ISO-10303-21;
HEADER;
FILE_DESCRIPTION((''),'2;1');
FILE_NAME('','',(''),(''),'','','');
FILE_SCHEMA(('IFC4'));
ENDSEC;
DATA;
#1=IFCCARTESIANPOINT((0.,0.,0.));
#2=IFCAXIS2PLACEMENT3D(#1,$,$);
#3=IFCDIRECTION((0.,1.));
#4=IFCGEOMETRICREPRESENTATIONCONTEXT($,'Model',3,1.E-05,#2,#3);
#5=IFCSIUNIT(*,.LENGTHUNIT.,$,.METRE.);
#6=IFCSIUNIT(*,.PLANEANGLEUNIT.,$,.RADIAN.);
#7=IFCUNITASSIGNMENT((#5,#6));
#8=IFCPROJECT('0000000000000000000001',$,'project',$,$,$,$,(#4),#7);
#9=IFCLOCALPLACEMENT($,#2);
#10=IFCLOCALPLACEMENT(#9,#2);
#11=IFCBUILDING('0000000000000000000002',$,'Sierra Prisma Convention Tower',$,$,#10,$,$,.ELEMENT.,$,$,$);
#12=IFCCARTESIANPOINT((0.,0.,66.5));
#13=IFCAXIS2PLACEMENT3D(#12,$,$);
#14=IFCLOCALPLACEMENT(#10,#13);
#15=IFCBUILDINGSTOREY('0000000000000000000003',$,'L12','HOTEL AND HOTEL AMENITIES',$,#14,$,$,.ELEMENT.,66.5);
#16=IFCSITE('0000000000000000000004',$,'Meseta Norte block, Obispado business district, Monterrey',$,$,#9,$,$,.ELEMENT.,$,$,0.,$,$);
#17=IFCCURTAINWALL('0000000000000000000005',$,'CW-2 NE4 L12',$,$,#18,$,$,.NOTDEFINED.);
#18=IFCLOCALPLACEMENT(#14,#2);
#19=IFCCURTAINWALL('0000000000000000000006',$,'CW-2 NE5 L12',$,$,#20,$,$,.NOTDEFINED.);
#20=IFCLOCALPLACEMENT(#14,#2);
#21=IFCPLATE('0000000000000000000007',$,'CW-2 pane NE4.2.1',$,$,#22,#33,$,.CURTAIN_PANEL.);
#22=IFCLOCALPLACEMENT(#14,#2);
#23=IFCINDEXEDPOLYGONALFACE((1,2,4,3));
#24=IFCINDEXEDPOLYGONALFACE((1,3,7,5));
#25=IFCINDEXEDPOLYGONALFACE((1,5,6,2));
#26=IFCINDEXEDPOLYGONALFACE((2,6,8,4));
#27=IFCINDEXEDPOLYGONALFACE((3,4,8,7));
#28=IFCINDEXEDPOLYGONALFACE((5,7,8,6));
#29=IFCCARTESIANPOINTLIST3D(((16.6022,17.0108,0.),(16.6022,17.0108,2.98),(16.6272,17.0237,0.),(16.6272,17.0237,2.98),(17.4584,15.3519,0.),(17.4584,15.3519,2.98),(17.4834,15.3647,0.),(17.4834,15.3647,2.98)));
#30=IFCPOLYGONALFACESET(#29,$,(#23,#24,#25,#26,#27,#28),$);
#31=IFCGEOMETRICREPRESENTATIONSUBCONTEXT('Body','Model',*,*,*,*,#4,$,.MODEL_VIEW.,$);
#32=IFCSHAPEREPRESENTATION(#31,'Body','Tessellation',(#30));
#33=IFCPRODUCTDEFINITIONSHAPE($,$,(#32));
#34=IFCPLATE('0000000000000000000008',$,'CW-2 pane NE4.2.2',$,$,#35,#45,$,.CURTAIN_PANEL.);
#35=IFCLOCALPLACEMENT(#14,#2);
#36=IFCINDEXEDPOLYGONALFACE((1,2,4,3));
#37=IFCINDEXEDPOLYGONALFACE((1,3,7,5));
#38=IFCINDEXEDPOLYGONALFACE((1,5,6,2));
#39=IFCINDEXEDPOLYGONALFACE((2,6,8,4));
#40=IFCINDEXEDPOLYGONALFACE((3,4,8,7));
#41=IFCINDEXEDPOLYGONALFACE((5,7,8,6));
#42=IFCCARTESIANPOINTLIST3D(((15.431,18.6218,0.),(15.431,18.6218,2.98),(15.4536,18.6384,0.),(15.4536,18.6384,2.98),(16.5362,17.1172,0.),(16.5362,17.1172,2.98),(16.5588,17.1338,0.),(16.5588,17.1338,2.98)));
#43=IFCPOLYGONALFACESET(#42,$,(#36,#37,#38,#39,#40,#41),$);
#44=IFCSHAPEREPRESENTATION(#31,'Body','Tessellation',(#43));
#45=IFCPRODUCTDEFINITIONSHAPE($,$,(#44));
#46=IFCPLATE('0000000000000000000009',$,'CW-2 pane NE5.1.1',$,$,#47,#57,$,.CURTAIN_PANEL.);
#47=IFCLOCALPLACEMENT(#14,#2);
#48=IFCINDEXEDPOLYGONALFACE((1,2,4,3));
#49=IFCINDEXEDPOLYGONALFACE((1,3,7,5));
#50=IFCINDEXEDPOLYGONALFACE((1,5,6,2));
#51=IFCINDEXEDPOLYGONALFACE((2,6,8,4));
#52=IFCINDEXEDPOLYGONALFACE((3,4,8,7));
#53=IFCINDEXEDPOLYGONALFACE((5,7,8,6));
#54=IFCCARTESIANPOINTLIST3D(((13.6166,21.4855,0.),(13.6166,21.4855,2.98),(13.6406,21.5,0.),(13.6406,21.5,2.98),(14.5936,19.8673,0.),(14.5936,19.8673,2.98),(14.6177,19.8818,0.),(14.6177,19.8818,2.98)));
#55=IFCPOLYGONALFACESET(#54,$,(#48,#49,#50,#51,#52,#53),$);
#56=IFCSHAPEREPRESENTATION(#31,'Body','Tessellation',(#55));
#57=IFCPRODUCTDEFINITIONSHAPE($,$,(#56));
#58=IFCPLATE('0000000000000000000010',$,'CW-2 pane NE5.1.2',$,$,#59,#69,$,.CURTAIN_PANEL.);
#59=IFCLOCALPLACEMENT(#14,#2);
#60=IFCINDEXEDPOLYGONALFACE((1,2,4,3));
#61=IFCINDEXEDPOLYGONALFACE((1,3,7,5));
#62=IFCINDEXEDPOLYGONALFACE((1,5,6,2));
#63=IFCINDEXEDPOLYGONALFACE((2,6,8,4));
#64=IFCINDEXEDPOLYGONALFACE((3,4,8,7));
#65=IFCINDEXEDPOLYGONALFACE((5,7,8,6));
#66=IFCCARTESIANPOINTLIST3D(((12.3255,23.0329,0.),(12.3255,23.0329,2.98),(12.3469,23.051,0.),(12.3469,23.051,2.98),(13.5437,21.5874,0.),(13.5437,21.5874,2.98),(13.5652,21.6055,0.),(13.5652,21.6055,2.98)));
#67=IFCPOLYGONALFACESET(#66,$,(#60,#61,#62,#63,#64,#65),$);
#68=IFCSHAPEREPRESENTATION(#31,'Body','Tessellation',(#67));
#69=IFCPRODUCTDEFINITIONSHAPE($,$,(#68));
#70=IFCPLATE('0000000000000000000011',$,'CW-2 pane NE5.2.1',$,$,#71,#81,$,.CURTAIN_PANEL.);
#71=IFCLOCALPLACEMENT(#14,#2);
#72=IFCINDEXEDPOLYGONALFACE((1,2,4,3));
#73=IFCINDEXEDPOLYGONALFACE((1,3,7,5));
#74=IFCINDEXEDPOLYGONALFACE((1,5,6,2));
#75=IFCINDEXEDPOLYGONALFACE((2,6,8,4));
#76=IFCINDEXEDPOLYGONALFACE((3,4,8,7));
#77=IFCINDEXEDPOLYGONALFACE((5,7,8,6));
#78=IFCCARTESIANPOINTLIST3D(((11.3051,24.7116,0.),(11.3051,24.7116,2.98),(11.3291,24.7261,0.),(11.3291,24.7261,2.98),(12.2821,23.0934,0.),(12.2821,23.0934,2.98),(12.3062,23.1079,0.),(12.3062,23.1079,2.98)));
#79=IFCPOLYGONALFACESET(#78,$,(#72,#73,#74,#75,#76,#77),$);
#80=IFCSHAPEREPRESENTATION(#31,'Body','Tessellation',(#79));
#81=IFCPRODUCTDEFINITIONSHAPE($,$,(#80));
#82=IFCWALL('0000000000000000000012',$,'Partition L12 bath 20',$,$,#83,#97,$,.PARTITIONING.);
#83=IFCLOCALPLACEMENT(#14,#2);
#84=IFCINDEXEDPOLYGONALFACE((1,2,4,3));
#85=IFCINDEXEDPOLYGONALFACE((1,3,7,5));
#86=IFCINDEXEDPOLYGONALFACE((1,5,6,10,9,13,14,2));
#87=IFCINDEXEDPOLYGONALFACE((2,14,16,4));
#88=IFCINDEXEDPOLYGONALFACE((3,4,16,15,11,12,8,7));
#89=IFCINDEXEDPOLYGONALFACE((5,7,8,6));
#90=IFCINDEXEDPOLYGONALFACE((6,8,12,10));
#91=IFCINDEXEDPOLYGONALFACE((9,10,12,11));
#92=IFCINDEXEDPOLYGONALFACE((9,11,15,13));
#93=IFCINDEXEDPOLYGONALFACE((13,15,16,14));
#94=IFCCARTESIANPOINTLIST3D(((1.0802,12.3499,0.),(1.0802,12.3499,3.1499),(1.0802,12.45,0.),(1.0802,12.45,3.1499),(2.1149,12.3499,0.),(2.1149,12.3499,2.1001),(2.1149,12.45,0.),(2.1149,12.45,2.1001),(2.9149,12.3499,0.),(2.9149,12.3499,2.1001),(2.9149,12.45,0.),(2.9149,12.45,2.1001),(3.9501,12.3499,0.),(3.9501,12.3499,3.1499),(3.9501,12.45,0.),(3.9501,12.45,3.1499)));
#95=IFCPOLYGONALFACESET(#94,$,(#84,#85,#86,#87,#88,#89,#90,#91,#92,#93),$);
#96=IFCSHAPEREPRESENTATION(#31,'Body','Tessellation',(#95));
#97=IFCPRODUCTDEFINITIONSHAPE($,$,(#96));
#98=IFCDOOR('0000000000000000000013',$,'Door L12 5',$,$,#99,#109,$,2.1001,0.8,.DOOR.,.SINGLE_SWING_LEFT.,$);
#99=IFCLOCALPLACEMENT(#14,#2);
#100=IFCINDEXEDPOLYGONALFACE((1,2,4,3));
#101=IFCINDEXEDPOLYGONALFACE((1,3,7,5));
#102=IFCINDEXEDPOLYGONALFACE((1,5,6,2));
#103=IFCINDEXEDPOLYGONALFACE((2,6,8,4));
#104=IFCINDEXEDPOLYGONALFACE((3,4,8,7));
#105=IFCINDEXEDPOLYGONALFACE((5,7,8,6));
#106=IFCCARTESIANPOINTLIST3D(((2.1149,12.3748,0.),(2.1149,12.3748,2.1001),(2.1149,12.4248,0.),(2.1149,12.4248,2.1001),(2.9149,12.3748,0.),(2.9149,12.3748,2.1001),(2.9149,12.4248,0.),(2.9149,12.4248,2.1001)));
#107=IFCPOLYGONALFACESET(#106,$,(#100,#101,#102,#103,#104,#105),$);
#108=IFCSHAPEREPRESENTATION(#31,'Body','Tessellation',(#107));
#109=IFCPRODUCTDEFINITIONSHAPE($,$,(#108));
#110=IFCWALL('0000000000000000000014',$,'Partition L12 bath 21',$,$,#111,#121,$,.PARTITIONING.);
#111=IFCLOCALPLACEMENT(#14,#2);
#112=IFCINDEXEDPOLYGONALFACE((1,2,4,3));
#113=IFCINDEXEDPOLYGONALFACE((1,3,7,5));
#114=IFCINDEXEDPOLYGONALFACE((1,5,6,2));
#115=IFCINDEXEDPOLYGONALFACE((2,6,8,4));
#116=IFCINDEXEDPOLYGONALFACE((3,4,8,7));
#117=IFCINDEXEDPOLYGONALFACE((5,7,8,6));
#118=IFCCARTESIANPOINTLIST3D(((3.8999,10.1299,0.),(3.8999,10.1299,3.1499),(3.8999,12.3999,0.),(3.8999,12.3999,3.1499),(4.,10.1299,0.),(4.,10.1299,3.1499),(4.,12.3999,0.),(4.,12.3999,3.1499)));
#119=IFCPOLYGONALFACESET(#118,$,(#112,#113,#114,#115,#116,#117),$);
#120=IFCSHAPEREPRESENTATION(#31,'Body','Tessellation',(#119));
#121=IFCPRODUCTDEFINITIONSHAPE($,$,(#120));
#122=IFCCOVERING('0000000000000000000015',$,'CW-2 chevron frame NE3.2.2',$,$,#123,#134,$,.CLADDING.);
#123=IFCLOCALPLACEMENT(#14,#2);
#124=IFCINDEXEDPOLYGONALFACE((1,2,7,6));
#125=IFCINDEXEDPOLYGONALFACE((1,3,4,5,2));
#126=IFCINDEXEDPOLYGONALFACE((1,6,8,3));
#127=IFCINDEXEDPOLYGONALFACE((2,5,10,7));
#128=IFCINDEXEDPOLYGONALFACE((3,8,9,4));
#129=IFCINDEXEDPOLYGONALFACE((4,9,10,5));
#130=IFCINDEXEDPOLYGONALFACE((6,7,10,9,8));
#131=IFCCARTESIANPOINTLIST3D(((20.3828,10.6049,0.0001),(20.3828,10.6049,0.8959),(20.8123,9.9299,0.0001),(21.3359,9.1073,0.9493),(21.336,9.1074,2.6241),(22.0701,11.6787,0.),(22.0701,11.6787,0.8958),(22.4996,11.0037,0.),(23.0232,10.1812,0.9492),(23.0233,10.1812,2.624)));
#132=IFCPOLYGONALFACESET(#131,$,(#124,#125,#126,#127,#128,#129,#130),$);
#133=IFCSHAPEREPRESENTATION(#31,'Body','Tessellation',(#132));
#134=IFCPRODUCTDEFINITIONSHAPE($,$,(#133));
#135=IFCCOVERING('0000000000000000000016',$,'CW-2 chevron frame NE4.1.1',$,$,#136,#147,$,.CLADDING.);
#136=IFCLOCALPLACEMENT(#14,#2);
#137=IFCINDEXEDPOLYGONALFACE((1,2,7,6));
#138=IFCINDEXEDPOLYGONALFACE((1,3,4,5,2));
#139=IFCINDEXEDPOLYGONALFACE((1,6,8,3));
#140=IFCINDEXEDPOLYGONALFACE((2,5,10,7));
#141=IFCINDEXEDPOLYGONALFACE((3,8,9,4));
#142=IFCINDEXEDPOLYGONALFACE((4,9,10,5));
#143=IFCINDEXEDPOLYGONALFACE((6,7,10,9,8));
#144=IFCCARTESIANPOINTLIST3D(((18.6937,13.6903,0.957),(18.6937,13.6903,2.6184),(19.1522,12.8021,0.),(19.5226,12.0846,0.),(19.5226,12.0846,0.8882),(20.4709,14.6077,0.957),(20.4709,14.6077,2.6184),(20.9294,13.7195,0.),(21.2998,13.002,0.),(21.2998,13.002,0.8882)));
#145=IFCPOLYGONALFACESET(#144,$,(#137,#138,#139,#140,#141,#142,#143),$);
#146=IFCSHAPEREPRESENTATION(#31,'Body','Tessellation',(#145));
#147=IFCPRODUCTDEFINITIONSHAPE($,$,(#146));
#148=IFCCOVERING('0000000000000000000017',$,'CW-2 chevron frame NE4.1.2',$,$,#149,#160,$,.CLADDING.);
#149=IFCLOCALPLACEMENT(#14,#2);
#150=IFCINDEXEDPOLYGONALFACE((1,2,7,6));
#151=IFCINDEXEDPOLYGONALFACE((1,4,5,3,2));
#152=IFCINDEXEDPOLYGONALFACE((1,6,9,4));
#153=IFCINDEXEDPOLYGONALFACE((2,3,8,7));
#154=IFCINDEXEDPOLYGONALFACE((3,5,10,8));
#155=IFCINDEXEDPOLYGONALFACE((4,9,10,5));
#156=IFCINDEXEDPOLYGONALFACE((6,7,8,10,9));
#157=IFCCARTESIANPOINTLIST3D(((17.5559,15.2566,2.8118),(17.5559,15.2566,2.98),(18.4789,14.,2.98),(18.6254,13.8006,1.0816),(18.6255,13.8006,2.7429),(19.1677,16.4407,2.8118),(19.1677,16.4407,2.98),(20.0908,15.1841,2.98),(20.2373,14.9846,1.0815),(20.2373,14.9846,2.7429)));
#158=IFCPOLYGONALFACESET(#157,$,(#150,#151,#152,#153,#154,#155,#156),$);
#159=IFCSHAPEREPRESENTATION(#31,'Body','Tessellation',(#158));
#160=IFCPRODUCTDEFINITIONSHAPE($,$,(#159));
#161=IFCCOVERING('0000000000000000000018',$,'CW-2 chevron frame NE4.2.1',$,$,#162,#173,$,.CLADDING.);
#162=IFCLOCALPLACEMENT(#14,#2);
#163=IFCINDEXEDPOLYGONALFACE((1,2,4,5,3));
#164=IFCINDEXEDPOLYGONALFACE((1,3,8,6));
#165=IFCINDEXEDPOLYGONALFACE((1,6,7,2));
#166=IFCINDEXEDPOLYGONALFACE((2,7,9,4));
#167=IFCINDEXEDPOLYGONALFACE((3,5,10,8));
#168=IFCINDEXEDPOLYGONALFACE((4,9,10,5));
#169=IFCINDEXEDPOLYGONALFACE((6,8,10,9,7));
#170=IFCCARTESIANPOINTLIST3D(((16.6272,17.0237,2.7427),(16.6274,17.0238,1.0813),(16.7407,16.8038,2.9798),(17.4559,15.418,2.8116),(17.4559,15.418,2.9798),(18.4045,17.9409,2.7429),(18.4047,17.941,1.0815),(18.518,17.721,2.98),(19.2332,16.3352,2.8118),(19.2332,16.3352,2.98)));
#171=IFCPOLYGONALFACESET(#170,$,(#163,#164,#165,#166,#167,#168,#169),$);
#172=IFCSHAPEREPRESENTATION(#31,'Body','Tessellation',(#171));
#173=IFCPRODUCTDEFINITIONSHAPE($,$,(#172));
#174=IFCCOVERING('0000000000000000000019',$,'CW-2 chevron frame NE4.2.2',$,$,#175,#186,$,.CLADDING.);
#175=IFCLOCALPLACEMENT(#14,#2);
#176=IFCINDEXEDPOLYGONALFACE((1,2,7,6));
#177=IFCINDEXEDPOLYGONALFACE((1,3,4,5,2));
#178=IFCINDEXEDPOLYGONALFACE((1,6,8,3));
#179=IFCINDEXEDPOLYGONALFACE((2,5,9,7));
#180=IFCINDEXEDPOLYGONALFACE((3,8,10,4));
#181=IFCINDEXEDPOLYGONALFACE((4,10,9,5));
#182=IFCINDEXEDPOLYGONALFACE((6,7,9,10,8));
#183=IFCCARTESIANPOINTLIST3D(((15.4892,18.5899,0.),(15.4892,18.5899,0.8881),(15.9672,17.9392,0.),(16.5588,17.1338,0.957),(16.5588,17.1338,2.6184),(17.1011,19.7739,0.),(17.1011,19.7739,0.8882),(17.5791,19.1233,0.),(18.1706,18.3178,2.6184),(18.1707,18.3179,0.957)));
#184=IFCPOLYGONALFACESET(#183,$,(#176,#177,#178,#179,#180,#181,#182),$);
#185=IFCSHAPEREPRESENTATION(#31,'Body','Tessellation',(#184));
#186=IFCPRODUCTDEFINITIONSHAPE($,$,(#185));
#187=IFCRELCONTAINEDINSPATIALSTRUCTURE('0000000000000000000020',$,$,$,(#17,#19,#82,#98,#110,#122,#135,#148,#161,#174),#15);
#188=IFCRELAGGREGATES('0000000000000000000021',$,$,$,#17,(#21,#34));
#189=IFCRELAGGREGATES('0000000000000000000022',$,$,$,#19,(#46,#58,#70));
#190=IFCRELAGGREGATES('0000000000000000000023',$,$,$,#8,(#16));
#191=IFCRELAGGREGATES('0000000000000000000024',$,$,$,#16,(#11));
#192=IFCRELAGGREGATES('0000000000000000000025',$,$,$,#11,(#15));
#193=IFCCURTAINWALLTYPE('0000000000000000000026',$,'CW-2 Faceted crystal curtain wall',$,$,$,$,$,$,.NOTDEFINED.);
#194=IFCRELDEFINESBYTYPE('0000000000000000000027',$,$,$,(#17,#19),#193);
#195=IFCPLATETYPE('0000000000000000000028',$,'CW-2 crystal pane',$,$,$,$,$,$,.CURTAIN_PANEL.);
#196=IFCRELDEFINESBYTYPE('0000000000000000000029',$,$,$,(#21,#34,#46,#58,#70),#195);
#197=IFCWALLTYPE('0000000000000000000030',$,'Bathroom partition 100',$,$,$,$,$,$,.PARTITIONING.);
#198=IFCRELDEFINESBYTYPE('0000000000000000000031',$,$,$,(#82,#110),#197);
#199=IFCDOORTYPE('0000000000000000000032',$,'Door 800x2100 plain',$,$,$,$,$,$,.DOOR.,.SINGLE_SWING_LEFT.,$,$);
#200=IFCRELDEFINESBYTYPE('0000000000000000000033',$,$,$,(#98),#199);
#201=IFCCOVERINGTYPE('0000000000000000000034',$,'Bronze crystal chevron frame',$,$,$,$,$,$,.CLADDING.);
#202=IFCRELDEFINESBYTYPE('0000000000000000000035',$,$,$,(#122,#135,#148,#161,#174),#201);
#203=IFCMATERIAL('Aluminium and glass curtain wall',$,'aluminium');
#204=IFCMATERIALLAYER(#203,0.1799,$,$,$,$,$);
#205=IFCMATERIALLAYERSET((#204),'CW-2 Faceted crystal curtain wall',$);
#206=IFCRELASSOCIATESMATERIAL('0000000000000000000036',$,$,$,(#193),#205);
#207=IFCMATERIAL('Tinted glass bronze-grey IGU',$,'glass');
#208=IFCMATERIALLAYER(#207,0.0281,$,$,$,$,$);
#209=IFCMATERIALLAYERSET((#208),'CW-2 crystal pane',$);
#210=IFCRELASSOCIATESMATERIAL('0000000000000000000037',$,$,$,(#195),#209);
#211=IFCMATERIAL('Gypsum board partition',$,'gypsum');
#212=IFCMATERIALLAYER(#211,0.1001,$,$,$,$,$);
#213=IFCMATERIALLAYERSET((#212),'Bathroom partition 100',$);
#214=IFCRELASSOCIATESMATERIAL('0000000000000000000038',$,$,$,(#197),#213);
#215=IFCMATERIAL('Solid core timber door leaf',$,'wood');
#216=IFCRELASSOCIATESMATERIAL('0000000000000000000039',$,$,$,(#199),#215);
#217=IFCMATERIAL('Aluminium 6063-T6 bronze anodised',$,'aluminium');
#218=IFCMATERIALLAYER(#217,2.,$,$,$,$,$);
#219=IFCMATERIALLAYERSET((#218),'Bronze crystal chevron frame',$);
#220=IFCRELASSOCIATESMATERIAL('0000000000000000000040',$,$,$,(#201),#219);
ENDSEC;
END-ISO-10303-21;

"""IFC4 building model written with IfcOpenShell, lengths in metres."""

from ifc_helpers import new_model, si_unit, direction, frame, frame_2d, origin, place, context, subcontext, project, spatial, polyline, rectangle, outline, extrude, material, layer, layer_set, type_object, element, fill, aggregate, save


model = new_model("IFC4")

# Units and contexts
model_context = context("Model", 3, precision=1e-05, world=origin(), true_north=direction((0.0, 1.0)))
body_context = subcontext(model_context, "Body", "Model", "MODEL_VIEW")
ifc_project = project(units=[si_unit("LENGTHUNIT", "METRE"), si_unit("PLANEANGLEUNIT", "RADIAN")], contexts=[model_context])

# Site, building, storey
site_placement = place(None, origin())
site = spatial("IfcSite", under=ifc_project, at=site_placement, Name="Meseta Norte block, Obispado business district, Monterrey", CompositionType="ELEMENT", RefElevation=0.0)
building_placement = place(site_placement, origin())
building = spatial("IfcBuilding", under=site, at=building_placement, Name="Sierra Prisma Convention Tower", CompositionType="ELEMENT")
storey_placement = place(building_placement, frame((0.0, 0.0, 66.5)))
storey = spatial("IfcBuildingStorey", under=building, at=storey_placement, Name="L12", Description="HOTEL AND HOTEL AMENITIES", CompositionType="ELEMENT", Elevation=66.5)

# Curtain wall
ifc_material_1 = material(Name="Aluminium and glass curtain wall", Category="aluminium")
ifc_layer_1 = layer(ifc_material_1, 0.1799)
ifc_layer_set_1 = layer_set([ifc_layer_1], Name="CW-2 Faceted crystal curtain wall")
curtain_wall_type = type_object("IfcCurtainWallType", Name="CW-2 Faceted crystal curtain wall", PredefinedType="NOTDEFINED", material=ifc_layer_set_1)
curtain_wall_1_placement = place(storey_placement, origin())
curtain_wall_1 = element("IfcCurtainWall", 1, at=curtain_wall_1_placement, inside=storey, type_object=curtain_wall_type, Name="CW-2 NE4 L12", PredefinedType="NOTDEFINED")

# Curtain wall
curtain_wall_2_placement = place(storey_placement, origin())
curtain_wall_2 = element("IfcCurtainWall", 2, at=curtain_wall_2_placement, inside=storey, type_object=curtain_wall_type, Name="CW-2 NE5 L12", PredefinedType="NOTDEFINED")

# Shared definitions
ifc_material_2 = material(Name="Tinted glass bronze-grey IGU", Category="glass")
ifc_layer_2 = layer(ifc_material_2, 0.0281)
ifc_layer_set_2 = layer_set([ifc_layer_2], Name="CW-2 crystal pane")
plate_type = type_object("IfcPlateType", Name="CW-2 crystal pane", PredefinedType="CURTAIN_PANEL", material=ifc_layer_set_2)

# Plates
plate_1_placement = place(storey_placement, frame((17.4834, 15.3647, 0.0), z_axis=(0.888626, 0.458633, 0.0), x_axis=(-0.458633, 0.888626, 0.0)))
plate_1 = element("IfcPlate", 3, at=plate_1_placement, type_object=plate_type, Name="CW-2 pane NE4.2.1", PredefinedType="CURTAIN_PANEL", context=body_context, shape_type="SweptSolid", body=[
    extrude(outline(polyline([(0.0, 0.0), (1.8669, 0.0), (1.8669, 2.98), (0.0, 2.98), (0.0, 0.0)])), origin(), (0.0, 0.0, -1.0), 0.0281),
])
plate_2_placement = place(storey_placement, frame((15.4536, 18.6384, 0.0), z_axis=(0.805939, 0.591998, 0.0), x_axis=(0.591998, -0.805939, 0.0)))
plate_2 = element("IfcPlate", 4, at=plate_2_placement, type_object=plate_type, Name="CW-2 pane NE4.2.2", PredefinedType="CURTAIN_PANEL", context=body_context, shape_type="SweptSolid", body=[
    extrude(outline(polyline([(0.0, 0.0), (1.8669, 0.0), (1.8669, -2.98), (0.0, -2.98), (0.0, 0.0)])), origin(), (0.0, 0.0, -1.0), 0.0281),
])
aggregate(curtain_wall_1, [plate_1, plate_2])
plate_3_placement = place(storey_placement, frame((14.6177, 19.8818, 0.0), z_axis=(0.856054, 0.516887, 0.0), x_axis=(-0.516887, 0.856054, 0.0)))
plate_3 = element("IfcPlate", 5, at=plate_3_placement, type_object=plate_type, Name="CW-2 pane NE5.1.1", PredefinedType="CURTAIN_PANEL", context=body_context, shape_type="SweptSolid", body=[
    extrude(outline(polyline([(0.0, 0.0), (1.8903, 0.0), (1.8903, 2.98), (0.0, 2.98), (0.0, 0.0)])), origin(), (0.0, 0.0, -1.0), 0.0281),
])
plate_4_placement = place(storey_placement, frame((12.3469, 23.051, 0.0), z_axis=(0.764663, 0.64443, 0.0), x_axis=(0.64443, -0.764663, 0.0)))
plate_4 = element("IfcPlate", 6, at=plate_4_placement, type_object=plate_type, Name="CW-2 pane NE5.1.2", PredefinedType="CURTAIN_PANEL", context=body_context, shape_type="SweptSolid", body=[
    extrude(outline(polyline([(0.0, 0.0), (1.8904, 0.0), (1.8904, -2.98), (0.0, -2.98), (0.0, 0.0)])), origin(), (0.0, 0.0, -1.0), 0.0281),
])
plate_5_placement = place(storey_placement, frame((12.3062, 23.1079, 0.0), z_axis=(0.856054, 0.516887, 0.0), x_axis=(-0.516887, 0.856054, 0.0)))
plate_5 = element("IfcPlate", 7, at=plate_5_placement, type_object=plate_type, Name="CW-2 pane NE5.2.1", PredefinedType="CURTAIN_PANEL", context=body_context, shape_type="SweptSolid", body=[
    extrude(outline(polyline([(0.0, 0.0), (1.8903, 0.0), (1.8903, 2.98), (0.0, 2.98), (0.0, 0.0)])), origin(), (0.0, 0.0, -1.0), 0.0281),
])
aggregate(curtain_wall_2, [plate_3, plate_4, plate_5])

# Wall, opening, door
ifc_material_3 = material(Name="Gypsum board partition", Category="gypsum")
ifc_layer_3 = layer(ifc_material_3, 0.1001)
ifc_layer_set_3 = layer_set([ifc_layer_3], Name="Bathroom partition 100")
wall_type = type_object("IfcWallType", Name="Bathroom partition 100", PredefinedType="PARTITIONING", material=ifc_layer_set_3)
wall_1_placement = place(storey_placement, frame((1.0801, 12.3999, 0.0), z_axis=(0.0, 0.0, 1.0), x_axis=(1.0, 0.0, 0.0)))
wall_1 = element("IfcWall", 8, at=wall_1_placement, inside=storey, type_object=wall_type, Name="Partition L12 bath 20", PredefinedType="PARTITIONING", context=body_context, shape_type="SweptSolid", body=[
    extrude(rectangle(XDim=2.8699, YDim=0.1001, at=frame_2d((1.4351, 0.0))), origin(), (0.0, 0.0, 1.0), 3.1499),
])
opening_placement = place(wall_1_placement, frame((1.0349, 0.0, 0.0)))
opening = element("IfcOpeningElement", 9, at=opening_placement, cuts=wall_1, PredefinedType="OPENING", context=body_context, shape_type="SweptSolid", body=[
    extrude(rectangle(XDim=0.8, YDim=2.1001, at=frame_2d((0.3999, 1.05))), frame((0.0, 0.05, 0.0), z_axis=(0.0, -1.0, 0.0), x_axis=(1.0, 0.0, 0.0)), (0.0, 0.0, 1.0), 0.1001),
])
ifc_material_4 = material(Name="Solid core timber door leaf", Category="wood")
door_type = type_object("IfcDoorType", Name="Door 800x2100 plain", OperationType="SINGLE_SWING_LEFT", PredefinedType="DOOR", material=ifc_material_4)
door_placement = place(opening_placement, origin())
door = element("IfcDoor", 10, at=door_placement, inside=storey, type_object=door_type, Name="Door L12 5", OperationType="SINGLE_SWING_LEFT", OverallHeight=2.1001, OverallWidth=0.8, PredefinedType="DOOR", context=body_context, shape_type="SweptSolid", body=[
    extrude(rectangle(XDim=0.8, YDim=2.1001, at=frame_2d((0.3999, 1.05))), frame((0.0, 0.0249, 0.0), z_axis=(0.0, -1.0, 0.0), x_axis=(1.0, 0.0, 0.0)), (0.0, 0.0, 1.0), 0.05),
])
fill(opening, door)

# Wall
wall_2_placement = place(storey_placement, frame((3.95, 12.3999, 0.0), z_axis=(0.0, 0.0, 1.0), x_axis=(0.0, -1.0, 0.0)))
element("IfcWall", 11, at=wall_2_placement, inside=storey, type_object=wall_type, Name="Partition L12 bath 21", PredefinedType="PARTITIONING", context=body_context, shape_type="SweptSolid", body=[
    extrude(rectangle(XDim=2.27, YDim=0.1001, at=frame_2d((1.135, 0.0))), origin(), (0.0, 0.0, 1.0), 3.1499),
])

# Coverings
ifc_material_5 = material(Name="Aluminium 6063-T6 bronze anodised", Category="aluminium")
ifc_layer_4 = layer(ifc_material_5, 2.0)
ifc_layer_set_4 = layer_set([ifc_layer_4], Name="Bronze crystal chevron frame")
covering_type = type_object("IfcCoveringType", Name="Bronze crystal chevron frame", PredefinedType="CLADDING", material=ifc_layer_set_4)
covering_1_placement = place(storey_placement, frame((22.0701, 11.6787, 0.0), z_axis=(0.843643, 0.536904, -0.000054), x_axis=(0.000046, 0.000029, 1.0)))
element("IfcCovering", 12, at=covering_1_placement, inside=storey, type_object=covering_type, Name="CW-2 chevron frame NE3.2.2", PredefinedType="CLADDING", context=body_context, shape_type="SweptSolid", body=[
    extrude(outline(polyline([(0.0, 0.0), (0.8958, 0.0), (2.624, 1.7751), (0.9492, 1.7751), (0.0, 0.8001), (0.0, 0.0)])), origin(), (0.0, 0.0, -1.0), 2.0),
])
covering_2_placement = place(storey_placement, frame((21.2998, 13.002, 0.0), z_axis=(0.888599, 0.458685, 0.000007), x_axis=(-0.458685, 0.888599, 0.0)))
element("IfcCovering", 13, at=covering_2_placement, inside=storey, type_object=covering_type, Name="CW-2 chevron frame NE4.1.1", PredefinedType="CLADDING", context=body_context, shape_type="SweptSolid", body=[
    extrude(outline(polyline([(0.0, 0.0), (0.8075, 0.0), (1.807, 0.957), (1.807, 2.6184), (0.0, 0.8882), (0.0, 0.0)])), origin(), (0.0, 0.0, -1.0), 2.0),
])
covering_3_placement = place(storey_placement, frame((20.2373, 14.9846, 2.7429), z_axis=(0.805927, 0.592015, -0.000014), x_axis=(-0.000011, -0.000008, -1.0)))
element("IfcCovering", 14, at=covering_3_placement, inside=storey, type_object=covering_type, Name="CW-2 chevron frame NE4.1.2", PredefinedType="CLADDING", context=body_context, shape_type="SweptSolid", body=[
    extrude(outline(polyline([(0.0, 0.0), (1.6614, 0.0), (-0.0688, 1.8067), (-0.2371, 1.8067), (-0.2371, 0.2475), (0.0, 0.0)])), origin(), (0.0, 0.0, -1.0), 2.0),
])
covering_4_placement = place(storey_placement, frame((19.2332, 16.3352, 2.98), z_axis=(0.888647, 0.458593, 0.000102), x_axis=(0.00009, 0.000047, -1.0)))
element("IfcCovering", 15, at=covering_4_placement, inside=storey, type_object=covering_type, Name="CW-2 chevron frame NE4.2.1", PredefinedType="CLADDING", context=body_context, shape_type="SweptSolid", body=[
    extrude(outline(polyline([(0.0, 0.0), (0.1682, 0.0), (1.8984, 1.8069), (0.2371, 1.8069), (0.0, 1.5595), (0.0, 0.0)])), origin(), (0.0, 0.0, -1.0), 2.0),
])
covering_5_placement = place(storey_placement, frame((17.1011, 19.7739, 0.0), z_axis=(0.80592, 0.592024, 0.000024), x_axis=(-0.000019, -0.000014, 1.0)))
element("IfcCovering", 16, at=covering_5_placement, inside=storey, type_object=covering_type, Name="CW-2 chevron frame NE4.2.2", PredefinedType="CLADDING", context=body_context, shape_type="SweptSolid", body=[
    extrude(outline(polyline([(0.0, 0.0), (0.8882, 0.0), (2.6184, 1.8067), (0.957, 1.8067), (0.0, 0.8074), (0.0, 0.0)])), origin(), (0.0, 0.0, -1.0), 2.0),
])

save(model, "model.ifc")
